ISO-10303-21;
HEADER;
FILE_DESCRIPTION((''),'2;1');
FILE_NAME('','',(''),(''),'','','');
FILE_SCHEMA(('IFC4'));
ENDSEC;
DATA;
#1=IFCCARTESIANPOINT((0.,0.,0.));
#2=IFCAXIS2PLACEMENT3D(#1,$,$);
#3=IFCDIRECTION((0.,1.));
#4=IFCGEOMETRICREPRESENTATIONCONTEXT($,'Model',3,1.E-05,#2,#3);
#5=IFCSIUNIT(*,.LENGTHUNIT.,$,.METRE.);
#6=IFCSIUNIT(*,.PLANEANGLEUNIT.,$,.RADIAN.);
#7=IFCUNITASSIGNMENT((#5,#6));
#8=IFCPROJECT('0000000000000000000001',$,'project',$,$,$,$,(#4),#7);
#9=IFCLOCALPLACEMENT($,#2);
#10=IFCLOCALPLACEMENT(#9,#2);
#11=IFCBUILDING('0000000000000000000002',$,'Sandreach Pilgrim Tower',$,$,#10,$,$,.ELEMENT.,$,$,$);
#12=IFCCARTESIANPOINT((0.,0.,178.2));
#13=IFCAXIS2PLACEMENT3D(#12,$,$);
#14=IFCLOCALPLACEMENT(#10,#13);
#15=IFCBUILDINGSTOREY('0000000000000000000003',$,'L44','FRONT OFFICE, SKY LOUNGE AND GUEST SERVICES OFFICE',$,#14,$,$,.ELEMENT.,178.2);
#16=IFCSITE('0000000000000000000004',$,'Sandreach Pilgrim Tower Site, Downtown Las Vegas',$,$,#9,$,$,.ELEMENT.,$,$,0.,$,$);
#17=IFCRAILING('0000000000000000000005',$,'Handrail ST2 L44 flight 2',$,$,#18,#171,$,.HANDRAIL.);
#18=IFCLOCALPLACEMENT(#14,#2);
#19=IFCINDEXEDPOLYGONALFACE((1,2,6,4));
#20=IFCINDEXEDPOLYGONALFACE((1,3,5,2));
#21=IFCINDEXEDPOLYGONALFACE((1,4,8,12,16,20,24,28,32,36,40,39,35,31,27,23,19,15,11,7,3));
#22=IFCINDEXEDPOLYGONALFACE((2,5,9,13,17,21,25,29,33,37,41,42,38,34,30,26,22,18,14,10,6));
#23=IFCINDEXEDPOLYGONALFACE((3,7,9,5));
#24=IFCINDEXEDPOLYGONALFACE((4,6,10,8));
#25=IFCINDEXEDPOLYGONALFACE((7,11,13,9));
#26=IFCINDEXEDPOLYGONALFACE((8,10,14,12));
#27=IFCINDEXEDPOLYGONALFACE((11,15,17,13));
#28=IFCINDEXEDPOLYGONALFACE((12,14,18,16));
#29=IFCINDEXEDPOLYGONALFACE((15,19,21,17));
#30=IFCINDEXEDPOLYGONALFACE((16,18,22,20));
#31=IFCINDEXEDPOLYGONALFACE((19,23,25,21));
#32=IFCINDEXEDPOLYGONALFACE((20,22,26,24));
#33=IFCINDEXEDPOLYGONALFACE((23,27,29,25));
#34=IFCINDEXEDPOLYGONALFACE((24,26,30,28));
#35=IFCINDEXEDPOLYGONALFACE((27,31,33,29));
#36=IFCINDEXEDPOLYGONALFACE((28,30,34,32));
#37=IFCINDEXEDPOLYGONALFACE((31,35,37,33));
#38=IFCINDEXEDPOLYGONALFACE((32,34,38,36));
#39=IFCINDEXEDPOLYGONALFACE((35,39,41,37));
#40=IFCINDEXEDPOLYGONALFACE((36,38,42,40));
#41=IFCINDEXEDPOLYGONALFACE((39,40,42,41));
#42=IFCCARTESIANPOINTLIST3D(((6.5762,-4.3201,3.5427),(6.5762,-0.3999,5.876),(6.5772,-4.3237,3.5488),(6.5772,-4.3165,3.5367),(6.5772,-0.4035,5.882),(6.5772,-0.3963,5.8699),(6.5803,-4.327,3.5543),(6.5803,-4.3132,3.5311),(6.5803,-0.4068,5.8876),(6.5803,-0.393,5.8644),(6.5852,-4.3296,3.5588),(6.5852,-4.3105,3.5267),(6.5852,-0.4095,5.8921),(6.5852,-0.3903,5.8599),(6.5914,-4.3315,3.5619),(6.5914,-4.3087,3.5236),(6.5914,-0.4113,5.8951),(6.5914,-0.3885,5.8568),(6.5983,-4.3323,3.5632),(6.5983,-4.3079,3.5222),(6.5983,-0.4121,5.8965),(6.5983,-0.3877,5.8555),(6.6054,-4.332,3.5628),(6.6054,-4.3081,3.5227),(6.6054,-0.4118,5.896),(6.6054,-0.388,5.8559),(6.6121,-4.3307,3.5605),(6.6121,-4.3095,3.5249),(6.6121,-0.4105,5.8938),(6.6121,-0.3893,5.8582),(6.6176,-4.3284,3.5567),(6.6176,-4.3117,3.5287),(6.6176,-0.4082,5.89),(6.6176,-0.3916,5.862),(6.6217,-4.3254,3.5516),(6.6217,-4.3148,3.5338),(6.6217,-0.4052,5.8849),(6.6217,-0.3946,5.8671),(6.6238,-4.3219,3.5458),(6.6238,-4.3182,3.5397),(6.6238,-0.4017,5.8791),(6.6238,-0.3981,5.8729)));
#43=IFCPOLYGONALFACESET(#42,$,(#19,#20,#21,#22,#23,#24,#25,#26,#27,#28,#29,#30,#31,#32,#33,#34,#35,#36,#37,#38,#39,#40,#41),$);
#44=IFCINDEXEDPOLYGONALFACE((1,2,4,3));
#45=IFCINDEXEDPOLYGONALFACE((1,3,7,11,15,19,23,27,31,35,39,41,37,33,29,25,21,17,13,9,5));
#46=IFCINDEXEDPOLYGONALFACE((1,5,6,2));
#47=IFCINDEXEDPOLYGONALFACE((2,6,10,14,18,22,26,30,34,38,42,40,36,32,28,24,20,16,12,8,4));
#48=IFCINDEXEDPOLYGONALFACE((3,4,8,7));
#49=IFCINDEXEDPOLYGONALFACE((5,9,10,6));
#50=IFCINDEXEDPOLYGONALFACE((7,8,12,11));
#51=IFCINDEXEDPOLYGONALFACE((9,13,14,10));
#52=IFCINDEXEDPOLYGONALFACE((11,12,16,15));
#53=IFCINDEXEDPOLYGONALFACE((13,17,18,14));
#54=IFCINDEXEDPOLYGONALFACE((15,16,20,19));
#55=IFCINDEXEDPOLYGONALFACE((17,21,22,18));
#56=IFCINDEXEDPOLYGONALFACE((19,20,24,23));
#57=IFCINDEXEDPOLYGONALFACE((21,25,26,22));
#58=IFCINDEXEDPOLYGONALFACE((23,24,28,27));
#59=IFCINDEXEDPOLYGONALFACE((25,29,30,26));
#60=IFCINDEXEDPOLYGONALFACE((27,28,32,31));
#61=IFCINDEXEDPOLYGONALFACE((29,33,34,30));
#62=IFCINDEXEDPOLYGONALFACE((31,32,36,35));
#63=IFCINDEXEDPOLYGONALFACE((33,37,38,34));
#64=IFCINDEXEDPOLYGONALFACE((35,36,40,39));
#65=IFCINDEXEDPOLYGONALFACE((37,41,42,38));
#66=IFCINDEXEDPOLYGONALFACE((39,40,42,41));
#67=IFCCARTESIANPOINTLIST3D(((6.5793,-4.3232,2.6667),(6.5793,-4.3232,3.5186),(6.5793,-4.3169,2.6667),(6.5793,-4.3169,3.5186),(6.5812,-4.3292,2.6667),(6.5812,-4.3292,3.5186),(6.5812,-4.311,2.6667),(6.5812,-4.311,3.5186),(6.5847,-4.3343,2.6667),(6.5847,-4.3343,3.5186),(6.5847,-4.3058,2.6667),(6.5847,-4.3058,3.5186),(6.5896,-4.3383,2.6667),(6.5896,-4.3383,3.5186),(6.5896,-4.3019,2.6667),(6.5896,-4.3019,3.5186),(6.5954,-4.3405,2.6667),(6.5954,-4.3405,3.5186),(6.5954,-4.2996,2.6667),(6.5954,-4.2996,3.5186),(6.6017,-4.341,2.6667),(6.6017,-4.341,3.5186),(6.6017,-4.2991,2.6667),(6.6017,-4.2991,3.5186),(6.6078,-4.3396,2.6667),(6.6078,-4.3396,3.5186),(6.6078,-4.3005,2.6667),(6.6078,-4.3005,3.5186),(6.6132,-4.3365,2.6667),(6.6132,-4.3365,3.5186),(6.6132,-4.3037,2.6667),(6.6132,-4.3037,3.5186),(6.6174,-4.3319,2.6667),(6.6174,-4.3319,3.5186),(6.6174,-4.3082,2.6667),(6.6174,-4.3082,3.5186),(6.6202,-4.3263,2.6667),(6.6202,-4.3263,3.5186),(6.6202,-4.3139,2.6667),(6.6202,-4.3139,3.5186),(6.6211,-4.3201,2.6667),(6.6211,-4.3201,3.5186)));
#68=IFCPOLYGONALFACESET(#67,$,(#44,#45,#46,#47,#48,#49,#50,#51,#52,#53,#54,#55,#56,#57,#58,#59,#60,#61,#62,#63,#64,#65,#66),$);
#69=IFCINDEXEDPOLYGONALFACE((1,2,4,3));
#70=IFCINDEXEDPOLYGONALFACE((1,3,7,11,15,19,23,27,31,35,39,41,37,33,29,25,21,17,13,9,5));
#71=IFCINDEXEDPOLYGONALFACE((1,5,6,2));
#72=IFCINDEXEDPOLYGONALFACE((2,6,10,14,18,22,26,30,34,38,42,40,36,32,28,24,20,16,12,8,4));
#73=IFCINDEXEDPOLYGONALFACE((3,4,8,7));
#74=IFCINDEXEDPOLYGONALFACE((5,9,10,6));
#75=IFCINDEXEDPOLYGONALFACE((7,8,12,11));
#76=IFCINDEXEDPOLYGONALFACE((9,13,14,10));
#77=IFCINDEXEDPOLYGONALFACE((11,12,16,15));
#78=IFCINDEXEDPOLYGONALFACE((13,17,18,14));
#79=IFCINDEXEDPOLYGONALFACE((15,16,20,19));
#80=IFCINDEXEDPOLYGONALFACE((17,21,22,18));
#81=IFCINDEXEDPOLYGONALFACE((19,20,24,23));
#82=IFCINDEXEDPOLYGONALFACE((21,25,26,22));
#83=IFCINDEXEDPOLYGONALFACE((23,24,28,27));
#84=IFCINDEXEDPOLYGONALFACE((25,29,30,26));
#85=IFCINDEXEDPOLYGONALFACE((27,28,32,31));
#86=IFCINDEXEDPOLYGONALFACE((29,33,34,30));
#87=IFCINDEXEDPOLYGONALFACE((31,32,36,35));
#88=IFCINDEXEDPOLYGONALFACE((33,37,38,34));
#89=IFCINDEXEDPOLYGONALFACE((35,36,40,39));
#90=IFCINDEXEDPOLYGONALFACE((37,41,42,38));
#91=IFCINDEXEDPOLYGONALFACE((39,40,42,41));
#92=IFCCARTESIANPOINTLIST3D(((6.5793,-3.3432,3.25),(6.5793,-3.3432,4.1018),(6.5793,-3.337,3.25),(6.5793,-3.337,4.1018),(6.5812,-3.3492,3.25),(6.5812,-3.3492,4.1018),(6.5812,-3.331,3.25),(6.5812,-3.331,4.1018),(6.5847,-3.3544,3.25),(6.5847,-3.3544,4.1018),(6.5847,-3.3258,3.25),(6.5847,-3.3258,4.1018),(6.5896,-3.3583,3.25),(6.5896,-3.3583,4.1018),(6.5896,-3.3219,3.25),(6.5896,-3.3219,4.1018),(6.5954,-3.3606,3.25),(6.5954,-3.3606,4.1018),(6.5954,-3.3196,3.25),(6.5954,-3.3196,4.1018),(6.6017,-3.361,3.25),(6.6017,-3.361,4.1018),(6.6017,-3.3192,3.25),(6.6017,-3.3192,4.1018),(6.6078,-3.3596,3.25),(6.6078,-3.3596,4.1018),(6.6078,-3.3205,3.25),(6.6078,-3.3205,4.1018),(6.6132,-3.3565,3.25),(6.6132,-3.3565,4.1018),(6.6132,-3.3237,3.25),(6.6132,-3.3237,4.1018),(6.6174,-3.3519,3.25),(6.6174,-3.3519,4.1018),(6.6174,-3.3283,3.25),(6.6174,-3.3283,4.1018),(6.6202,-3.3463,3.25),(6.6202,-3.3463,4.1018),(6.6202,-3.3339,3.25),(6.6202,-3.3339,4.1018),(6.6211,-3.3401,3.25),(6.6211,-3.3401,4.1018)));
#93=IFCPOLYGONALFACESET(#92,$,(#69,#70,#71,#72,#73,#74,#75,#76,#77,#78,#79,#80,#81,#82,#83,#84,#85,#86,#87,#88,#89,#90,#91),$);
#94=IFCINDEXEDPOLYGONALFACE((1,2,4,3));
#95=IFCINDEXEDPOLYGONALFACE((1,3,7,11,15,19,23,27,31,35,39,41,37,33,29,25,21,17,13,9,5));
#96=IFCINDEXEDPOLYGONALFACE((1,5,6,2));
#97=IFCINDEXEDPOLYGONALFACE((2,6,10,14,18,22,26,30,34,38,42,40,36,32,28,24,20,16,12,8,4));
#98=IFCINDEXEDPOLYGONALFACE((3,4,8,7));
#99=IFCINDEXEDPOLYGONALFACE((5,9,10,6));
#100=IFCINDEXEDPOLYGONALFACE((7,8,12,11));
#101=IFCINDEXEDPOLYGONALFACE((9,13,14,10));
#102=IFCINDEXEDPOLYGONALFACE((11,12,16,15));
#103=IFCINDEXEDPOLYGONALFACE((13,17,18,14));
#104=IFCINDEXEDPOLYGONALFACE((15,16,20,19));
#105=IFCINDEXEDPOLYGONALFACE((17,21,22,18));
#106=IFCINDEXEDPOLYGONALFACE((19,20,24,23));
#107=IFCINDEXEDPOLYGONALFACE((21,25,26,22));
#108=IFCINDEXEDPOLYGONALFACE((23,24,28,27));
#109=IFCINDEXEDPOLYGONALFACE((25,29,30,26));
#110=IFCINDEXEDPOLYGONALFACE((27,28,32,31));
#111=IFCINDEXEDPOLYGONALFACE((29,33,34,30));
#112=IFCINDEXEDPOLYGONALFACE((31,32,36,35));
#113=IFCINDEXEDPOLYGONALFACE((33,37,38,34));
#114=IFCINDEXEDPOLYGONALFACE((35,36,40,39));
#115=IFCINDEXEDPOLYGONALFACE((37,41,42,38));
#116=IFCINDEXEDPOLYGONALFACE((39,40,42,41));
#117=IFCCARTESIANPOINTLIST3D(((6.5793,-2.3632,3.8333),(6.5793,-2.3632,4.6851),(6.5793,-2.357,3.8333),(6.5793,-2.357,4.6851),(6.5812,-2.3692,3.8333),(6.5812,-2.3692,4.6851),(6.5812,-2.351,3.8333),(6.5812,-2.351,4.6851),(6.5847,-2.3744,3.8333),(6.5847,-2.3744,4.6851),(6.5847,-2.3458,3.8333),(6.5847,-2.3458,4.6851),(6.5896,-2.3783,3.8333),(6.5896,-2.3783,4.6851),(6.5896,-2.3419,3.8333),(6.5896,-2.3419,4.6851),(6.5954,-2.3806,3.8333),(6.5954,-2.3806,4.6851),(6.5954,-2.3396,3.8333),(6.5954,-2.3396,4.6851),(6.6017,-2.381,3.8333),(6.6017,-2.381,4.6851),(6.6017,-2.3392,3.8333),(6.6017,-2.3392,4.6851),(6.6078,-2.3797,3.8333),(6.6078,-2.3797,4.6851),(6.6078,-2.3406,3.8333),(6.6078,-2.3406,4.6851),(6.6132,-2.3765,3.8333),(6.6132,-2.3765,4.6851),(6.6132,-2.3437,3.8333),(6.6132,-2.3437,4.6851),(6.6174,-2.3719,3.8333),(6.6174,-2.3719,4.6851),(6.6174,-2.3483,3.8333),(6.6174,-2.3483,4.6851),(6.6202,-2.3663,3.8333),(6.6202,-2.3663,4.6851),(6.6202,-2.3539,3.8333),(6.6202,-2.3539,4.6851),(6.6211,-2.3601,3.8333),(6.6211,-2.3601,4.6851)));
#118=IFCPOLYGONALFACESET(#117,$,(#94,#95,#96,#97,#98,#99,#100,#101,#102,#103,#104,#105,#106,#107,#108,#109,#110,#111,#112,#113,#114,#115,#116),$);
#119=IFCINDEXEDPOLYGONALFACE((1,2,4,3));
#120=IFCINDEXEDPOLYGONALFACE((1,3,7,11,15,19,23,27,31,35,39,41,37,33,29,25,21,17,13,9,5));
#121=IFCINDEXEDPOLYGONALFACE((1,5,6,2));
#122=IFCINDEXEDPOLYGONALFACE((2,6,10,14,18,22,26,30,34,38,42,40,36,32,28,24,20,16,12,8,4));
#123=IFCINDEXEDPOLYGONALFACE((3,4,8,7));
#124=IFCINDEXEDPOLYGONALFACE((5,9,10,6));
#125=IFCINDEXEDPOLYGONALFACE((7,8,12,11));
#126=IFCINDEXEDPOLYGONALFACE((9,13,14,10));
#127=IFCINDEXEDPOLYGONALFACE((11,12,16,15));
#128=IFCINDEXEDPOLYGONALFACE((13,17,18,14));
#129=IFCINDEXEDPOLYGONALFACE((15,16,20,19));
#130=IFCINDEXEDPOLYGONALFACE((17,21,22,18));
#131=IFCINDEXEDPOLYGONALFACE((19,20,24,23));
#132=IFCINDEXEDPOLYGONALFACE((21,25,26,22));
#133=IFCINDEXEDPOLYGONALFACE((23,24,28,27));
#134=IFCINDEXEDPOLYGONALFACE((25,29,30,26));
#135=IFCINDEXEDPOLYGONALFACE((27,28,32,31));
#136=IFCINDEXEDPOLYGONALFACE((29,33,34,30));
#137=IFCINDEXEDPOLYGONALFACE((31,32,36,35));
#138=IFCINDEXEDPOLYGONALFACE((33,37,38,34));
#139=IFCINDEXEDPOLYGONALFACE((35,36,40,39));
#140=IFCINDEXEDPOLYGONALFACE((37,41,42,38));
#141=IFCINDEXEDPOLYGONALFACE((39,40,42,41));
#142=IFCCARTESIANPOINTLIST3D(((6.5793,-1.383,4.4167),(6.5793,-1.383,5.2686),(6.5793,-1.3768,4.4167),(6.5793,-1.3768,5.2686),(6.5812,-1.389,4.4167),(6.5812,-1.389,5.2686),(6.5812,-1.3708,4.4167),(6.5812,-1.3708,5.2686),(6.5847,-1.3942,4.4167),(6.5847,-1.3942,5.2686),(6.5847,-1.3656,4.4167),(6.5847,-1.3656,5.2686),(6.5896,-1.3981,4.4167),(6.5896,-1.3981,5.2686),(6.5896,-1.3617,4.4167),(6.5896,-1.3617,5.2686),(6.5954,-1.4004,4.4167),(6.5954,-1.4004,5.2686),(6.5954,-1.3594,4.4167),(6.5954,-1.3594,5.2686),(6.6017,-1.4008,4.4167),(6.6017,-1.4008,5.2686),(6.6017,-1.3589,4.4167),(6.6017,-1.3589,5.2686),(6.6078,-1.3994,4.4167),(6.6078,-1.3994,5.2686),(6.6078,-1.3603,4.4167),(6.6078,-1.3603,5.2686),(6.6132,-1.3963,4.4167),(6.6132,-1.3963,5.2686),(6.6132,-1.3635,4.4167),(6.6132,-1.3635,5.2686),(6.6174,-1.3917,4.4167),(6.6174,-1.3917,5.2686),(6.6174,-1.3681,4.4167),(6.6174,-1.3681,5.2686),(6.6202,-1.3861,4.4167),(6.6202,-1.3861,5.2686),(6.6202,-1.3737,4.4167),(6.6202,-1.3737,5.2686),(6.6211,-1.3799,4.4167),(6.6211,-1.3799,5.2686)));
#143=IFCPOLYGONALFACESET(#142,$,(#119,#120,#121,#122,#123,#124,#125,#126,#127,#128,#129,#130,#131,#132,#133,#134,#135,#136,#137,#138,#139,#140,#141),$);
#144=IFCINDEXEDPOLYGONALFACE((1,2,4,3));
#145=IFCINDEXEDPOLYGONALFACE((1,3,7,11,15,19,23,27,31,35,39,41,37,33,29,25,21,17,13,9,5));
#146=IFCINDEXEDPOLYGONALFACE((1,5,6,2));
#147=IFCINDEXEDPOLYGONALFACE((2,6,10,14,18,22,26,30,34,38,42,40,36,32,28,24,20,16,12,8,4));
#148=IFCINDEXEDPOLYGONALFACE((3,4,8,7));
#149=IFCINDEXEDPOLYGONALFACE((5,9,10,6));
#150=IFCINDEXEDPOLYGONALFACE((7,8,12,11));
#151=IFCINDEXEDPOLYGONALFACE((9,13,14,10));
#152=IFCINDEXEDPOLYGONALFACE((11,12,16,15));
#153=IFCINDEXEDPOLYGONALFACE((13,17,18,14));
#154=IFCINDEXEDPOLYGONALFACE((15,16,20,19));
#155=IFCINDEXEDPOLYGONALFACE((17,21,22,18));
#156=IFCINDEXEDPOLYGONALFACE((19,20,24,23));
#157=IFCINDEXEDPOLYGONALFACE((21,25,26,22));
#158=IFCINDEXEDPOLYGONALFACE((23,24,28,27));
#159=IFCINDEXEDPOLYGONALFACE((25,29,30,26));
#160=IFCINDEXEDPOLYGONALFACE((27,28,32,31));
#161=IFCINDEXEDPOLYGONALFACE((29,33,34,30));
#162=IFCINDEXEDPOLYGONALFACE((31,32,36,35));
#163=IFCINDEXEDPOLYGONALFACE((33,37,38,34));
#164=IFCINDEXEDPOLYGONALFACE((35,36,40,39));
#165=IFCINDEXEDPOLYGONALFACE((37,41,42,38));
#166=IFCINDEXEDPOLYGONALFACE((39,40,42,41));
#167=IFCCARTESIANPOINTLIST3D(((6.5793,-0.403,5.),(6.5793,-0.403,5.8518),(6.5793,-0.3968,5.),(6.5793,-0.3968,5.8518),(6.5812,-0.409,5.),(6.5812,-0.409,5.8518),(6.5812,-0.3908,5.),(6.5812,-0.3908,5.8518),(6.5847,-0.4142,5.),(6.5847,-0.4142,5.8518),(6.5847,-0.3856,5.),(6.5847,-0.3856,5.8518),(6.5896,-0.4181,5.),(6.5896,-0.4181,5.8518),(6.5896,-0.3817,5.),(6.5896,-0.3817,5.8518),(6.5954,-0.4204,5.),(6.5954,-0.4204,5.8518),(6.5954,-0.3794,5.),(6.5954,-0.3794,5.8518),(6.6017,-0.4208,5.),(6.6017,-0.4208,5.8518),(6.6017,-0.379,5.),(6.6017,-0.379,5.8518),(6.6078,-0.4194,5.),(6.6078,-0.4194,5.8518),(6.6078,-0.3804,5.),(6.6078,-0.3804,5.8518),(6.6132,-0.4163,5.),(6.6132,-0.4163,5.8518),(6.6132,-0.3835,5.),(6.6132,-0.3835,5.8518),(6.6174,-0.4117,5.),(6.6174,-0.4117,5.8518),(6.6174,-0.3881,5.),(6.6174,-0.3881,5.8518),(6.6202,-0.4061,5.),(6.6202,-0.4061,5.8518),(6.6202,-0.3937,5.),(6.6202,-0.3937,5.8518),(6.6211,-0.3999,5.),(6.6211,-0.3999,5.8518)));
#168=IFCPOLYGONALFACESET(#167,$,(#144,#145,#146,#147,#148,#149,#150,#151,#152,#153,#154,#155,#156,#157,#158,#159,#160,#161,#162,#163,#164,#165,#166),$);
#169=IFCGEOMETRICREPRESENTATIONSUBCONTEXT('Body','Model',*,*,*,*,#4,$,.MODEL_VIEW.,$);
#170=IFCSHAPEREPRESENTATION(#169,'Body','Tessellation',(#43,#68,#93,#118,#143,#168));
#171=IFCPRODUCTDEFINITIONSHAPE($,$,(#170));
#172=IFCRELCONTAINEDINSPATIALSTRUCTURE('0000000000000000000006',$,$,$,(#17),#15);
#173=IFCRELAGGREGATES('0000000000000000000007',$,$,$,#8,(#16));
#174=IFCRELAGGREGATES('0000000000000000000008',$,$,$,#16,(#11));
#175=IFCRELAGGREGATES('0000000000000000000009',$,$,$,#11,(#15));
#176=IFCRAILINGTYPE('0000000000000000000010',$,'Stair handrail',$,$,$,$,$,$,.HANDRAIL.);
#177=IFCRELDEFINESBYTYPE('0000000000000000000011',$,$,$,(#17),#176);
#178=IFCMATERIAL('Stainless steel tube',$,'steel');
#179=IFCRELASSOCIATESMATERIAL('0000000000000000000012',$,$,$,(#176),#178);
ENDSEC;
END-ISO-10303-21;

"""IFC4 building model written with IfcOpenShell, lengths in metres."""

from ifc_helpers import new_model, si_unit, direction, frame, origin, origin_2d, place, context, subcontext, project, spatial, circle, extrude, material, type_object, element, save


model = new_model("IFC4")

# Units and contexts
model_context = context("Model", 3, precision=1e-05, world=origin(), true_north=direction((0.0, 1.0)))
body_context = subcontext(model_context, "Body", "Model", "MODEL_VIEW")
ifc_project = project(units=[si_unit("LENGTHUNIT", "METRE"), si_unit("PLANEANGLEUNIT", "RADIAN")], contexts=[model_context])

# Site, building, storey
site_placement = place(None, origin())
site = spatial("IfcSite", under=ifc_project, at=site_placement, Name="Sandreach Pilgrim Tower Site, Downtown Las Vegas", CompositionType="ELEMENT", RefElevation=0.0)
building_placement = place(site_placement, origin())
building = spatial("IfcBuilding", under=site, at=building_placement, Name="Sandreach Pilgrim Tower", CompositionType="ELEMENT")
storey_placement = place(building_placement, frame((0.0, 0.0, 178.2)))
storey = spatial("IfcBuildingStorey", under=building, at=storey_placement, Name="L44", Description="FRONT OFFICE, SKY LOUNGE AND GUEST SERVICES OFFICE", CompositionType="ELEMENT", Elevation=178.2)

# Railing
ifc_material_1 = material(Name="Stainless steel tube", Category="steel")
railing_type = type_object("IfcRailingType", Name="Stair handrail", PredefinedType="HANDRAIL", material=ifc_material_1)
for number, where, name in (
    (1, (6.6001, -4.3201, 2.6667), "Handrail ST2 L44 flight 2"),
):
    element("IfcRailing", number, at=place(storey_placement, frame(where)), inside=storey, type_object=railing_type, Name=name, PredefinedType="HANDRAIL", context=body_context, shape_type="SweptSolid", body=[
        extrude(circle(Radius=0.0239, at=origin_2d()), frame((0.0, 0.0, 0.876), z_axis=(0.0, 0.85931, 0.511455), x_axis=(-1.0, 0.0, 0.0)), (0.0, 0.0, 1.0), 4.562),
        extrude(circle(Radius=0.021, at=origin_2d()), origin(), (0.0, 0.0, 1.0), 0.8518),
        extrude(circle(Radius=0.021, at=origin_2d()), frame((0.0, 0.98, 0.5833)), (0.0, 0.0, 1.0), 0.8518),
        extrude(circle(Radius=0.021, at=origin_2d()), frame((0.0, 1.96, 1.1665)), (0.0, 0.0, 1.0), 0.8518),
        extrude(circle(Radius=0.021, at=origin_2d()), frame((0.0, 2.9402, 1.75)), (0.0, 0.0, 1.0), 0.8518),
        extrude(circle(Radius=0.021, at=origin_2d()), frame((0.0, 3.9202, 2.3333)), (0.0, 0.0, 1.0), 0.8518),
    ])

save(model, "model.ifc")
